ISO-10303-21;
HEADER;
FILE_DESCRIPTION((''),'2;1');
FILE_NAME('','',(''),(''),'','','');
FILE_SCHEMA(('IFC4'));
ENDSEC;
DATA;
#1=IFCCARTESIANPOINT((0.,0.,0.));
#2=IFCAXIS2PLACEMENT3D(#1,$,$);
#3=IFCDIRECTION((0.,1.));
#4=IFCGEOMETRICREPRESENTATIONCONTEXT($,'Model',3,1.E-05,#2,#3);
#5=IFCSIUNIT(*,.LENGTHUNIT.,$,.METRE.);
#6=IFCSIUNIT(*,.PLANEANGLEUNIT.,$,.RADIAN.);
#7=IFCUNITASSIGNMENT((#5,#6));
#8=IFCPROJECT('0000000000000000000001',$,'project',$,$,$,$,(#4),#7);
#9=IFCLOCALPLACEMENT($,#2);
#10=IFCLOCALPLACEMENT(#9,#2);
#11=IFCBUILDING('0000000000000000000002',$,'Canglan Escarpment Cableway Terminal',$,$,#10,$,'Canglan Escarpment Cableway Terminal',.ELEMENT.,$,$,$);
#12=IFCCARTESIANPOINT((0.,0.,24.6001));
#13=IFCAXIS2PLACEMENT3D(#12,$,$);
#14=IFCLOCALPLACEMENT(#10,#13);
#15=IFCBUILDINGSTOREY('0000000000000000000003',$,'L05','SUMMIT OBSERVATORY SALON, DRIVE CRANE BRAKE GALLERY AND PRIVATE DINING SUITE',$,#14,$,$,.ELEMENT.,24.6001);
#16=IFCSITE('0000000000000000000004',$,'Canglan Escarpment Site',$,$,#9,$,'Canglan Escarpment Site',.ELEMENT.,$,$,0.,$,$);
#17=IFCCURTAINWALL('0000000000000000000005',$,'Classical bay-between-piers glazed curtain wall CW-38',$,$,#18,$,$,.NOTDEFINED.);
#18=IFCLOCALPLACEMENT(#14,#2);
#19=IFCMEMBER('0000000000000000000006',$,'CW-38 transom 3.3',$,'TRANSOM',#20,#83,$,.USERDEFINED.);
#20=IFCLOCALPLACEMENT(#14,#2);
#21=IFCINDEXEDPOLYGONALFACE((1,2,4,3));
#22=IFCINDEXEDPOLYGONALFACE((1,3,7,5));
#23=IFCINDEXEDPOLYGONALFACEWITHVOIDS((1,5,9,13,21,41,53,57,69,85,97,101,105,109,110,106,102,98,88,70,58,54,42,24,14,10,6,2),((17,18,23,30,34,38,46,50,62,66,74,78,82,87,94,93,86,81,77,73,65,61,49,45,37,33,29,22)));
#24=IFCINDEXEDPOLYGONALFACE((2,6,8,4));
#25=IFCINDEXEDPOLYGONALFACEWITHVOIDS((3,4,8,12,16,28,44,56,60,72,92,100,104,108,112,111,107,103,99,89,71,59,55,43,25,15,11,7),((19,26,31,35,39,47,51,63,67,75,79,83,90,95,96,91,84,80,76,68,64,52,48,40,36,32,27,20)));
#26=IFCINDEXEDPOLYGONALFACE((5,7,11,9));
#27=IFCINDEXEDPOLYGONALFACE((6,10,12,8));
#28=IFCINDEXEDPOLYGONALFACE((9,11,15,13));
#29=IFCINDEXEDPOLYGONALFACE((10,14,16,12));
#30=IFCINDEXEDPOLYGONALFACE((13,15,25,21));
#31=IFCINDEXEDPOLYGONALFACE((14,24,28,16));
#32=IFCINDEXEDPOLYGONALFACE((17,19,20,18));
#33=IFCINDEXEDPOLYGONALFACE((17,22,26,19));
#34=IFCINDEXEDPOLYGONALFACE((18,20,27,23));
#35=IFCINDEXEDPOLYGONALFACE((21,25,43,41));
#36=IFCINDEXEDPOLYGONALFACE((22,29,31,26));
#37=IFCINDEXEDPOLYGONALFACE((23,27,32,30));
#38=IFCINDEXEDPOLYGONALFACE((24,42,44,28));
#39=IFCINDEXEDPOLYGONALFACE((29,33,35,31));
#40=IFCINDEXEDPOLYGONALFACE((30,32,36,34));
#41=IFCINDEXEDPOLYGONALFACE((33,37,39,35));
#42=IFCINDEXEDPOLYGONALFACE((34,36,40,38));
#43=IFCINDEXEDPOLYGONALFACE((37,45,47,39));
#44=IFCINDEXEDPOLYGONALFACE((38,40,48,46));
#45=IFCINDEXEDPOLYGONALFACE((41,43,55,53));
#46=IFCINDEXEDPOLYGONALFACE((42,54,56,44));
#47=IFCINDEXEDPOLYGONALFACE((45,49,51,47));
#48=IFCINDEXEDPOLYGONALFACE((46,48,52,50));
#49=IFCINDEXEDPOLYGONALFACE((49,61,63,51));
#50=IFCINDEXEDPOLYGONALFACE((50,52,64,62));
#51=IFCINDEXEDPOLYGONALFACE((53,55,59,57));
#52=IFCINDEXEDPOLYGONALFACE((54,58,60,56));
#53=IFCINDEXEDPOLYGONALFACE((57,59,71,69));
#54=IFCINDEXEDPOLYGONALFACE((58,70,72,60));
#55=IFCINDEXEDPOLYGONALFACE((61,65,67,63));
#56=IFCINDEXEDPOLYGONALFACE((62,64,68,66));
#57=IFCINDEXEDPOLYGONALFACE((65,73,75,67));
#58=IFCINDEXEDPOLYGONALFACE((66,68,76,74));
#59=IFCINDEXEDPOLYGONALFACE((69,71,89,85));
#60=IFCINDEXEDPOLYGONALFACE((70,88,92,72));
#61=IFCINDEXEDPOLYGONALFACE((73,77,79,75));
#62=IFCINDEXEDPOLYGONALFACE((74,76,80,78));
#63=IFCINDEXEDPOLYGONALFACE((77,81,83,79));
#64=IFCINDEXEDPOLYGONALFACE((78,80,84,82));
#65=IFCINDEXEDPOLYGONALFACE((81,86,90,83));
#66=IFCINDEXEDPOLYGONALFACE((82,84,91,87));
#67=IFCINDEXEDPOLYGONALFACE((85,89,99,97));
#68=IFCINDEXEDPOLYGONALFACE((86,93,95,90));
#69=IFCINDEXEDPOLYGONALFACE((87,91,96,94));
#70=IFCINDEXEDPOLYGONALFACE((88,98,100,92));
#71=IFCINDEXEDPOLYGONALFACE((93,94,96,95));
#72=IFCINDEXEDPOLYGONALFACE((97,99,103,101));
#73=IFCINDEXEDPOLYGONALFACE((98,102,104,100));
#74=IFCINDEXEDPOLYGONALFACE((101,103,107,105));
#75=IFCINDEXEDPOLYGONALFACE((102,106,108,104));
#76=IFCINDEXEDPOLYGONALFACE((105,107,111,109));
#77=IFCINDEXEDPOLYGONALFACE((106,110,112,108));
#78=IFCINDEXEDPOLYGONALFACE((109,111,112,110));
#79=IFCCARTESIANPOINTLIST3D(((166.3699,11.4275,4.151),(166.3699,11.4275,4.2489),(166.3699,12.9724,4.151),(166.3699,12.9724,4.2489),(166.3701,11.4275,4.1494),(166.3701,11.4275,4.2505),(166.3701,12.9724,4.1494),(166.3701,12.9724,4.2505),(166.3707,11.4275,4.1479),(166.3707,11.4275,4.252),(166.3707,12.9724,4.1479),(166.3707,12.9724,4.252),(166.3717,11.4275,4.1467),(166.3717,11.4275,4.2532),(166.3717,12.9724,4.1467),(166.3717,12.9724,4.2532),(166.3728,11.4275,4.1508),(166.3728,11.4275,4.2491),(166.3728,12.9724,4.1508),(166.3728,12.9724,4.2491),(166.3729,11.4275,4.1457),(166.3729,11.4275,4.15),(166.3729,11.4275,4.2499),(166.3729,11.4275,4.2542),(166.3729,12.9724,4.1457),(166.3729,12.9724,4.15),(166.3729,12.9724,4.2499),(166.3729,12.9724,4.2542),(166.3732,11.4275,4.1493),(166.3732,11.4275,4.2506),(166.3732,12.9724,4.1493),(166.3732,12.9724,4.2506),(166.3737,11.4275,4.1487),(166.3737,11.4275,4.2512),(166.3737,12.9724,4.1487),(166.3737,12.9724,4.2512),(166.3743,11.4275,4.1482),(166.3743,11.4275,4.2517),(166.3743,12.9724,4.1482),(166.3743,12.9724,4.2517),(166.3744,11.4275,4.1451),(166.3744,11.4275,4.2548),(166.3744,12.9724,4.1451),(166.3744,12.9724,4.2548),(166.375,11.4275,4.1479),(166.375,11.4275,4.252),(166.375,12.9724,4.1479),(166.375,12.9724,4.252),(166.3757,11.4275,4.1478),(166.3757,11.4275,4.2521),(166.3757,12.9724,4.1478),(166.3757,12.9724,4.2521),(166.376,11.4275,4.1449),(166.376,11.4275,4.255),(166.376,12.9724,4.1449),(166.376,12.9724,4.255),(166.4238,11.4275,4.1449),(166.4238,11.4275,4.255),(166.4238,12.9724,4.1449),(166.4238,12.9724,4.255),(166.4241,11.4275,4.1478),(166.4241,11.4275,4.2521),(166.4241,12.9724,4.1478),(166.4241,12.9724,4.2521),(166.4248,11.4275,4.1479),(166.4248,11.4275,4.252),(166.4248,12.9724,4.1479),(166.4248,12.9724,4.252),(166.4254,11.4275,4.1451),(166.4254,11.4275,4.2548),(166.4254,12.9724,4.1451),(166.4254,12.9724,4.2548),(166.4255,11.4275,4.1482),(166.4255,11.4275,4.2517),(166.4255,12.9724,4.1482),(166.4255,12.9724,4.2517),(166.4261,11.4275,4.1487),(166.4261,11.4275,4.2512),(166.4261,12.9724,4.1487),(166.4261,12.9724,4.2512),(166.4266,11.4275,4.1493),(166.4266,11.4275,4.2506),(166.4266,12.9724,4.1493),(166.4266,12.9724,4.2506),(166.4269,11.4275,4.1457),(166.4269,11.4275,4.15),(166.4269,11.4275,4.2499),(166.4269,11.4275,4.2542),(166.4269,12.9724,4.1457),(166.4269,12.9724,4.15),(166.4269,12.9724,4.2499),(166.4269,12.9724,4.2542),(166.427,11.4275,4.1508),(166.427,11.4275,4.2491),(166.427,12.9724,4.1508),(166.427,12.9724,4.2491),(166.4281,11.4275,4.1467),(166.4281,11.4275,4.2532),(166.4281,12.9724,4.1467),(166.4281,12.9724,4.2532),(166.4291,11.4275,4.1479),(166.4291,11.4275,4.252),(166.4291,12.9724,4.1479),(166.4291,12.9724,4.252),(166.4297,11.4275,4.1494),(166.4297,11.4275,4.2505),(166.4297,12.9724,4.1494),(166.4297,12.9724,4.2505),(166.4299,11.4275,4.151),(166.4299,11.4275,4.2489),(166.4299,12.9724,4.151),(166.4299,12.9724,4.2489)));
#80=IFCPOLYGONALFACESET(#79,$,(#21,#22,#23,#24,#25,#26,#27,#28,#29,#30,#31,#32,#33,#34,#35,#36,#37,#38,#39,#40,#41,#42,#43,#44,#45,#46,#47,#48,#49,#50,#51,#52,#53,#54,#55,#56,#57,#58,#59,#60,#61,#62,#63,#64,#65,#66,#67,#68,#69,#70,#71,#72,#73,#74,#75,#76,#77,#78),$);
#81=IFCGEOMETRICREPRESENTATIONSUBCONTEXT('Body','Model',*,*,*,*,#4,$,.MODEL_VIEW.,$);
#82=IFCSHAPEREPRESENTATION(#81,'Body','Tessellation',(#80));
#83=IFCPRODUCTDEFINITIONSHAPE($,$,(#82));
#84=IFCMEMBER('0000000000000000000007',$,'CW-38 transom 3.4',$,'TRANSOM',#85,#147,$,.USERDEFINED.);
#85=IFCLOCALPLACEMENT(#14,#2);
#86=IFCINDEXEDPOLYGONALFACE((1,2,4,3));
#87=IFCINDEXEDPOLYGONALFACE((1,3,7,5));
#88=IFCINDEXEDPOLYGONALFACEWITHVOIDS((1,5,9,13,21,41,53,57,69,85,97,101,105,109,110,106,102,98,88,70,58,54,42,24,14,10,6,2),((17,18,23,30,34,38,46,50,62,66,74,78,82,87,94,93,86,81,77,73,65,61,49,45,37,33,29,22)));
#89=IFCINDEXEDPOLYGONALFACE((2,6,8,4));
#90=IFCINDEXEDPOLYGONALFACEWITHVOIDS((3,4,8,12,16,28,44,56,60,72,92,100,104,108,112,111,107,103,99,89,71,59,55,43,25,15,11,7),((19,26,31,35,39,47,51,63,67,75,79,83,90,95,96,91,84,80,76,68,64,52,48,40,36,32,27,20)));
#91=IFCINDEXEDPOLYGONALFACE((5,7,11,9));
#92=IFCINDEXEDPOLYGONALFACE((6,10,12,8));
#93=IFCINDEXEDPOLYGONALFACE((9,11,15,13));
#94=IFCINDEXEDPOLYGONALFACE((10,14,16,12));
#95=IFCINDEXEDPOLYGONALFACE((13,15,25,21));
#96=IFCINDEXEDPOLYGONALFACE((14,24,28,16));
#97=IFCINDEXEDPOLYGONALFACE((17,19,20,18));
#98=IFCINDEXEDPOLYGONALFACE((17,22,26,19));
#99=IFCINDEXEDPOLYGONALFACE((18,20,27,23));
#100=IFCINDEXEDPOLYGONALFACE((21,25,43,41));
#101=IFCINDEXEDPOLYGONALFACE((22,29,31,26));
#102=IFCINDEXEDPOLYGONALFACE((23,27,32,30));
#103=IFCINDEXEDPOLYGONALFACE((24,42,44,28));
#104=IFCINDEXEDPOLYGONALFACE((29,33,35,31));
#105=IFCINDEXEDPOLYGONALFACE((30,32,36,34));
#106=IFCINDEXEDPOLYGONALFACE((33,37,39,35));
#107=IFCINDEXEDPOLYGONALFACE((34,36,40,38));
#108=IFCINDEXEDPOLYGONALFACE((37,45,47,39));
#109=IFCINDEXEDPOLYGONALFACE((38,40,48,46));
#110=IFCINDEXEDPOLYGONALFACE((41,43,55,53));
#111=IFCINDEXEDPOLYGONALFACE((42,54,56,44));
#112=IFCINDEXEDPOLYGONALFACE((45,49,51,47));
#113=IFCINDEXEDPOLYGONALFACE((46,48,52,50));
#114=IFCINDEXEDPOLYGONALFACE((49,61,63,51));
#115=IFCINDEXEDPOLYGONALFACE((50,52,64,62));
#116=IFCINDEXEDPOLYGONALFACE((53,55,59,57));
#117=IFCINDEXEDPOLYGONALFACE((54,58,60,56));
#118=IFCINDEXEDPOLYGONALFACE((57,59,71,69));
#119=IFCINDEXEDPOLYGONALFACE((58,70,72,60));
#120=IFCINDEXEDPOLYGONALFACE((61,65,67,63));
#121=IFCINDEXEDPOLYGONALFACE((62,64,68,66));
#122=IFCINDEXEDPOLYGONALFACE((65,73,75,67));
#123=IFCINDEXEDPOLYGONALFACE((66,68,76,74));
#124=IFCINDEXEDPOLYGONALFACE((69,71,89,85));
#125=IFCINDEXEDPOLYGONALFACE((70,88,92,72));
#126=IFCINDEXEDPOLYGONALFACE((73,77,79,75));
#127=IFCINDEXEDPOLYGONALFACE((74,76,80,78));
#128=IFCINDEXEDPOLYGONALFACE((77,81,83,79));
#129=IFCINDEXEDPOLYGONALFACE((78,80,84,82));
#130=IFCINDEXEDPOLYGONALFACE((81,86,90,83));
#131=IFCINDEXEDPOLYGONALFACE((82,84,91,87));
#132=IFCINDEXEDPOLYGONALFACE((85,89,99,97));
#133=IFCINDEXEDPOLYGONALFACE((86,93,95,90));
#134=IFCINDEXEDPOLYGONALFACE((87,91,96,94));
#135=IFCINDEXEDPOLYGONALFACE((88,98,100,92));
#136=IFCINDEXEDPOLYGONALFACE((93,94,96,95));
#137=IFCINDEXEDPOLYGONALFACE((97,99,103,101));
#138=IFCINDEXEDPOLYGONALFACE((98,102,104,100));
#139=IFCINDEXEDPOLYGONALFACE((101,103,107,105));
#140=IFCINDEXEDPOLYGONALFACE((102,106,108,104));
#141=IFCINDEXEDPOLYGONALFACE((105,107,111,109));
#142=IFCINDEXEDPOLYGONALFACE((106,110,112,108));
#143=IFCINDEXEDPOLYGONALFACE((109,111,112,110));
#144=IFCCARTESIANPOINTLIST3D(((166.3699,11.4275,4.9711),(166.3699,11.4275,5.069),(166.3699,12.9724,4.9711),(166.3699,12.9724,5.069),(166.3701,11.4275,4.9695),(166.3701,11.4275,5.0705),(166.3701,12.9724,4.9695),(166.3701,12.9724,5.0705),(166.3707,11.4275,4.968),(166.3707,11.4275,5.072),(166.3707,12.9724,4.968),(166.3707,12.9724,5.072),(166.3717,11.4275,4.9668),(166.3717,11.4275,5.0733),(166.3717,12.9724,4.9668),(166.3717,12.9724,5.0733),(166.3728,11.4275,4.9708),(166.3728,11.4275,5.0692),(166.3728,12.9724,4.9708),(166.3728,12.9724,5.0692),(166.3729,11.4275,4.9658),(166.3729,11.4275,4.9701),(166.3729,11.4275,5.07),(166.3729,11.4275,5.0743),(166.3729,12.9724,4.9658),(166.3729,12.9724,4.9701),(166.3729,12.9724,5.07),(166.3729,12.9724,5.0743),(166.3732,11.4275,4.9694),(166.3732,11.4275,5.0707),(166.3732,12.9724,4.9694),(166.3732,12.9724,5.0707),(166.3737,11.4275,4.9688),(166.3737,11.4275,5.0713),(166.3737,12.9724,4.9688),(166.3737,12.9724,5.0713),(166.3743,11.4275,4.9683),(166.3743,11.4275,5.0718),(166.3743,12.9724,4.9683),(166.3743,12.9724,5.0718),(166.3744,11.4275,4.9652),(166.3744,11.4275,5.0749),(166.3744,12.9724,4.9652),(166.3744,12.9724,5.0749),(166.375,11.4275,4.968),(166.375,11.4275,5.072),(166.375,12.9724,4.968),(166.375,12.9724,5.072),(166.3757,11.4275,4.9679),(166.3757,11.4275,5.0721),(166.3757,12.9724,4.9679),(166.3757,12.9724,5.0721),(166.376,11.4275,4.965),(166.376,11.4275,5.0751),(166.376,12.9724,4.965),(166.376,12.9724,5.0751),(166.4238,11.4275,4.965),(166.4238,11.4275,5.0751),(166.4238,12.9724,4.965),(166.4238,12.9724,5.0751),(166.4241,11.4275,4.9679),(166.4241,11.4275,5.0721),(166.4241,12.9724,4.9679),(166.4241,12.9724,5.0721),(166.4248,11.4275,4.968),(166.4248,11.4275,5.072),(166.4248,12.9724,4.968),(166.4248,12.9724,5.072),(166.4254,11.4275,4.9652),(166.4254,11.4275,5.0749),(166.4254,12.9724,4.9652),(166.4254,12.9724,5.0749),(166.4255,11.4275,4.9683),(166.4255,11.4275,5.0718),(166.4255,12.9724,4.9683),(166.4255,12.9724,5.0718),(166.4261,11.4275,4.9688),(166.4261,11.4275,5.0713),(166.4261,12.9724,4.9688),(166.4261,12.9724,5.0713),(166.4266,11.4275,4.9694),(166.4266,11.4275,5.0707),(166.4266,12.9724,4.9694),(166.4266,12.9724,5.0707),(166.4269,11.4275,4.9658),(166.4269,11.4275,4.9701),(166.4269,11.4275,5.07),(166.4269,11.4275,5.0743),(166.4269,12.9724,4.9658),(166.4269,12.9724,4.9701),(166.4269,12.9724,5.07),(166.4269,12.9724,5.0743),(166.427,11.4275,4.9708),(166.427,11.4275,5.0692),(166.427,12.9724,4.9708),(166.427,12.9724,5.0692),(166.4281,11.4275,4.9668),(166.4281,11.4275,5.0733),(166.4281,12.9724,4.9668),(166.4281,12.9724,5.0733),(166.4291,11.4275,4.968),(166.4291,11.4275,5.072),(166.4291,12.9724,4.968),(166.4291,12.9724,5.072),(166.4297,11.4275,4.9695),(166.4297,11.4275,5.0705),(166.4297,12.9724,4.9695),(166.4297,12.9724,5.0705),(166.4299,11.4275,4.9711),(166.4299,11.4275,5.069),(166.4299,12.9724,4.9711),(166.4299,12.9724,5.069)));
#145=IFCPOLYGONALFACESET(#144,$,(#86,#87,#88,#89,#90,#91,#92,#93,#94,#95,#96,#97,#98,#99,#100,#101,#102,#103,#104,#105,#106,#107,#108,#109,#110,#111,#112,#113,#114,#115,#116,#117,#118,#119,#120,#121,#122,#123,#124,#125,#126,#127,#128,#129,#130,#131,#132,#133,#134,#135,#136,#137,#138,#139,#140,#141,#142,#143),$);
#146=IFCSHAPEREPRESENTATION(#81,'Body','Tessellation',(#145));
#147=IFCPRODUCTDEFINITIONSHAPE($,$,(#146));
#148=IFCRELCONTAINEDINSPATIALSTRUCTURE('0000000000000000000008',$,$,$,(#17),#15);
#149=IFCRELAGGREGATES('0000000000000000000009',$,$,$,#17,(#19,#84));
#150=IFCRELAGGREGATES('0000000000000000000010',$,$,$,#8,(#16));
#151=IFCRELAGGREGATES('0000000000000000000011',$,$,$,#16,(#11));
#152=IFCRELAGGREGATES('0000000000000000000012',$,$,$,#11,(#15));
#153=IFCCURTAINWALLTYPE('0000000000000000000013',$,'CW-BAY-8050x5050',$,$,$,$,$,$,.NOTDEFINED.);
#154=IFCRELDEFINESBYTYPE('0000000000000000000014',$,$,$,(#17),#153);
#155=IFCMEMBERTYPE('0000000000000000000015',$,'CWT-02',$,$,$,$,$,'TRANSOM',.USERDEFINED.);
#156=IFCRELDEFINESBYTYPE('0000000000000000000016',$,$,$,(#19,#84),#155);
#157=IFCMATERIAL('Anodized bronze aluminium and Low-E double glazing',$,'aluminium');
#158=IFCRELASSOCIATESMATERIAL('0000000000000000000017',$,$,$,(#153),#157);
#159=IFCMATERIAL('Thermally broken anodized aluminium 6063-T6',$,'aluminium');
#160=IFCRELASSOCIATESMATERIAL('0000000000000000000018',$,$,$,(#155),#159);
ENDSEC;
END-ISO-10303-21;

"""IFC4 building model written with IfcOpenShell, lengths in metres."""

from ifc_helpers import new_model, si_unit, direction, frame, origin, origin_2d, place, context, subcontext, project, spatial, hollow_rectangle, extrude, material, material_profile, profile_set, type_object, element, aggregate, save


model = new_model("IFC4")

# Units and contexts
model_context = context("Model", 3, precision=1e-05, world=origin(), true_north=direction((0.0, 1.0)))
body_context = subcontext(model_context, "Body", "Model", "MODEL_VIEW")
ifc_project = project(units=[si_unit("LENGTHUNIT", "METRE"), si_unit("PLANEANGLEUNIT", "RADIAN")], contexts=[model_context])

# Site, building, storey
site_placement = place(None, origin())
site = spatial("IfcSite", under=ifc_project, at=site_placement, Name="Canglan Escarpment Site", LongName="Canglan Escarpment Site", CompositionType="ELEMENT", RefElevation=0.0)
building_placement = place(site_placement, origin())
building = spatial("IfcBuilding", under=site, at=building_placement, Name="Canglan Escarpment Cableway Terminal", LongName="Canglan Escarpment Cableway Terminal", CompositionType="ELEMENT")
storey_placement = place(building_placement, frame((0.0, 0.0, 24.6001)))
storey = spatial("IfcBuildingStorey", under=building, at=storey_placement, Name="L05", Description="SUMMIT OBSERVATORY SALON, DRIVE CRANE BRAKE GALLERY AND PRIVATE DINING SUITE", CompositionType="ELEMENT", Elevation=24.6001)

# Curtain wall
ifc_material_1 = material(Name="Anodized bronze aluminium and Low-E double glazing", Category="aluminium")
curtain_wall_type_1 = type_object("IfcCurtainWallType", Name="CW-BAY-8050x5050", PredefinedType="NOTDEFINED", material=ifc_material_1)
curtain_wall_1_placement = place(storey_placement, origin())
curtain_wall_1 = element("IfcCurtainWall", 1, at=curtain_wall_1_placement, inside=storey, type_object=curtain_wall_type_1, Name="Classical bay-between-piers glazed curtain wall CW-38", PredefinedType="NOTDEFINED")
ifc_material_2 = material(Name="Thermally broken anodized aluminium 6063-T6", Category="aluminium")

# Members
ifc_material_profile_1 = material_profile(ifc_material_2, hollow_rectangle(XDim=0.0601, YDim=0.1101, WallThickness=0.0029, InnerFilletRadius=0.0029, OuterFilletRadius=0.0061, at=origin_2d()), Name="ALU-TRAN 60x110x3")
ifc_profile_set_1 = profile_set([ifc_material_profile_1], Name="Thermally broken anodized aluminium 6063-T6")
member_type_1 = type_object("IfcMemberType", Name="CWT-02", ElementType="TRANSOM", PredefinedType="USERDEFINED", material=ifc_profile_set_1)
member_1_placement = place(storey_placement, frame((166.3999, 11.4275, 4.2), z_axis=(0.0, 1.0, 0.0), x_axis=(-1.0, 0.0, 0.0)))
member_1 = element("IfcMember", 2, at=member_1_placement, type_object=member_type_1, Name="CW-38 transom 3.3", ObjectType="TRANSOM", PredefinedType="USERDEFINED", context=body_context, shape_type="SweptSolid", body=[
    extrude(hollow_rectangle(XDim=0.0601, YDim=0.1101, WallThickness=0.0029, InnerFilletRadius=0.0029, OuterFilletRadius=0.0061, at=origin_2d()), origin(), (0.0, 0.0, 1.0), 1.5449),
])
member_2_placement = place(storey_placement, frame((166.3999, 11.4275, 5.02), z_axis=(0.0, 1.0, 0.0), x_axis=(-1.0, 0.0, 0.0)))
member_2 = element("IfcMember", 3, at=member_2_placement, type_object=member_type_1, Name="CW-38 transom 3.4", ObjectType="TRANSOM", PredefinedType="USERDEFINED", context=body_context, shape_type="SweptSolid", body=[
    extrude(hollow_rectangle(XDim=0.0601, YDim=0.1101, WallThickness=0.0029, InnerFilletRadius=0.0029, OuterFilletRadius=0.0061, at=origin_2d()), origin(), (0.0, 0.0, 1.0), 1.5449),
])

aggregate(curtain_wall_1, [member_1, member_2])

save(model, "model.ifc")
